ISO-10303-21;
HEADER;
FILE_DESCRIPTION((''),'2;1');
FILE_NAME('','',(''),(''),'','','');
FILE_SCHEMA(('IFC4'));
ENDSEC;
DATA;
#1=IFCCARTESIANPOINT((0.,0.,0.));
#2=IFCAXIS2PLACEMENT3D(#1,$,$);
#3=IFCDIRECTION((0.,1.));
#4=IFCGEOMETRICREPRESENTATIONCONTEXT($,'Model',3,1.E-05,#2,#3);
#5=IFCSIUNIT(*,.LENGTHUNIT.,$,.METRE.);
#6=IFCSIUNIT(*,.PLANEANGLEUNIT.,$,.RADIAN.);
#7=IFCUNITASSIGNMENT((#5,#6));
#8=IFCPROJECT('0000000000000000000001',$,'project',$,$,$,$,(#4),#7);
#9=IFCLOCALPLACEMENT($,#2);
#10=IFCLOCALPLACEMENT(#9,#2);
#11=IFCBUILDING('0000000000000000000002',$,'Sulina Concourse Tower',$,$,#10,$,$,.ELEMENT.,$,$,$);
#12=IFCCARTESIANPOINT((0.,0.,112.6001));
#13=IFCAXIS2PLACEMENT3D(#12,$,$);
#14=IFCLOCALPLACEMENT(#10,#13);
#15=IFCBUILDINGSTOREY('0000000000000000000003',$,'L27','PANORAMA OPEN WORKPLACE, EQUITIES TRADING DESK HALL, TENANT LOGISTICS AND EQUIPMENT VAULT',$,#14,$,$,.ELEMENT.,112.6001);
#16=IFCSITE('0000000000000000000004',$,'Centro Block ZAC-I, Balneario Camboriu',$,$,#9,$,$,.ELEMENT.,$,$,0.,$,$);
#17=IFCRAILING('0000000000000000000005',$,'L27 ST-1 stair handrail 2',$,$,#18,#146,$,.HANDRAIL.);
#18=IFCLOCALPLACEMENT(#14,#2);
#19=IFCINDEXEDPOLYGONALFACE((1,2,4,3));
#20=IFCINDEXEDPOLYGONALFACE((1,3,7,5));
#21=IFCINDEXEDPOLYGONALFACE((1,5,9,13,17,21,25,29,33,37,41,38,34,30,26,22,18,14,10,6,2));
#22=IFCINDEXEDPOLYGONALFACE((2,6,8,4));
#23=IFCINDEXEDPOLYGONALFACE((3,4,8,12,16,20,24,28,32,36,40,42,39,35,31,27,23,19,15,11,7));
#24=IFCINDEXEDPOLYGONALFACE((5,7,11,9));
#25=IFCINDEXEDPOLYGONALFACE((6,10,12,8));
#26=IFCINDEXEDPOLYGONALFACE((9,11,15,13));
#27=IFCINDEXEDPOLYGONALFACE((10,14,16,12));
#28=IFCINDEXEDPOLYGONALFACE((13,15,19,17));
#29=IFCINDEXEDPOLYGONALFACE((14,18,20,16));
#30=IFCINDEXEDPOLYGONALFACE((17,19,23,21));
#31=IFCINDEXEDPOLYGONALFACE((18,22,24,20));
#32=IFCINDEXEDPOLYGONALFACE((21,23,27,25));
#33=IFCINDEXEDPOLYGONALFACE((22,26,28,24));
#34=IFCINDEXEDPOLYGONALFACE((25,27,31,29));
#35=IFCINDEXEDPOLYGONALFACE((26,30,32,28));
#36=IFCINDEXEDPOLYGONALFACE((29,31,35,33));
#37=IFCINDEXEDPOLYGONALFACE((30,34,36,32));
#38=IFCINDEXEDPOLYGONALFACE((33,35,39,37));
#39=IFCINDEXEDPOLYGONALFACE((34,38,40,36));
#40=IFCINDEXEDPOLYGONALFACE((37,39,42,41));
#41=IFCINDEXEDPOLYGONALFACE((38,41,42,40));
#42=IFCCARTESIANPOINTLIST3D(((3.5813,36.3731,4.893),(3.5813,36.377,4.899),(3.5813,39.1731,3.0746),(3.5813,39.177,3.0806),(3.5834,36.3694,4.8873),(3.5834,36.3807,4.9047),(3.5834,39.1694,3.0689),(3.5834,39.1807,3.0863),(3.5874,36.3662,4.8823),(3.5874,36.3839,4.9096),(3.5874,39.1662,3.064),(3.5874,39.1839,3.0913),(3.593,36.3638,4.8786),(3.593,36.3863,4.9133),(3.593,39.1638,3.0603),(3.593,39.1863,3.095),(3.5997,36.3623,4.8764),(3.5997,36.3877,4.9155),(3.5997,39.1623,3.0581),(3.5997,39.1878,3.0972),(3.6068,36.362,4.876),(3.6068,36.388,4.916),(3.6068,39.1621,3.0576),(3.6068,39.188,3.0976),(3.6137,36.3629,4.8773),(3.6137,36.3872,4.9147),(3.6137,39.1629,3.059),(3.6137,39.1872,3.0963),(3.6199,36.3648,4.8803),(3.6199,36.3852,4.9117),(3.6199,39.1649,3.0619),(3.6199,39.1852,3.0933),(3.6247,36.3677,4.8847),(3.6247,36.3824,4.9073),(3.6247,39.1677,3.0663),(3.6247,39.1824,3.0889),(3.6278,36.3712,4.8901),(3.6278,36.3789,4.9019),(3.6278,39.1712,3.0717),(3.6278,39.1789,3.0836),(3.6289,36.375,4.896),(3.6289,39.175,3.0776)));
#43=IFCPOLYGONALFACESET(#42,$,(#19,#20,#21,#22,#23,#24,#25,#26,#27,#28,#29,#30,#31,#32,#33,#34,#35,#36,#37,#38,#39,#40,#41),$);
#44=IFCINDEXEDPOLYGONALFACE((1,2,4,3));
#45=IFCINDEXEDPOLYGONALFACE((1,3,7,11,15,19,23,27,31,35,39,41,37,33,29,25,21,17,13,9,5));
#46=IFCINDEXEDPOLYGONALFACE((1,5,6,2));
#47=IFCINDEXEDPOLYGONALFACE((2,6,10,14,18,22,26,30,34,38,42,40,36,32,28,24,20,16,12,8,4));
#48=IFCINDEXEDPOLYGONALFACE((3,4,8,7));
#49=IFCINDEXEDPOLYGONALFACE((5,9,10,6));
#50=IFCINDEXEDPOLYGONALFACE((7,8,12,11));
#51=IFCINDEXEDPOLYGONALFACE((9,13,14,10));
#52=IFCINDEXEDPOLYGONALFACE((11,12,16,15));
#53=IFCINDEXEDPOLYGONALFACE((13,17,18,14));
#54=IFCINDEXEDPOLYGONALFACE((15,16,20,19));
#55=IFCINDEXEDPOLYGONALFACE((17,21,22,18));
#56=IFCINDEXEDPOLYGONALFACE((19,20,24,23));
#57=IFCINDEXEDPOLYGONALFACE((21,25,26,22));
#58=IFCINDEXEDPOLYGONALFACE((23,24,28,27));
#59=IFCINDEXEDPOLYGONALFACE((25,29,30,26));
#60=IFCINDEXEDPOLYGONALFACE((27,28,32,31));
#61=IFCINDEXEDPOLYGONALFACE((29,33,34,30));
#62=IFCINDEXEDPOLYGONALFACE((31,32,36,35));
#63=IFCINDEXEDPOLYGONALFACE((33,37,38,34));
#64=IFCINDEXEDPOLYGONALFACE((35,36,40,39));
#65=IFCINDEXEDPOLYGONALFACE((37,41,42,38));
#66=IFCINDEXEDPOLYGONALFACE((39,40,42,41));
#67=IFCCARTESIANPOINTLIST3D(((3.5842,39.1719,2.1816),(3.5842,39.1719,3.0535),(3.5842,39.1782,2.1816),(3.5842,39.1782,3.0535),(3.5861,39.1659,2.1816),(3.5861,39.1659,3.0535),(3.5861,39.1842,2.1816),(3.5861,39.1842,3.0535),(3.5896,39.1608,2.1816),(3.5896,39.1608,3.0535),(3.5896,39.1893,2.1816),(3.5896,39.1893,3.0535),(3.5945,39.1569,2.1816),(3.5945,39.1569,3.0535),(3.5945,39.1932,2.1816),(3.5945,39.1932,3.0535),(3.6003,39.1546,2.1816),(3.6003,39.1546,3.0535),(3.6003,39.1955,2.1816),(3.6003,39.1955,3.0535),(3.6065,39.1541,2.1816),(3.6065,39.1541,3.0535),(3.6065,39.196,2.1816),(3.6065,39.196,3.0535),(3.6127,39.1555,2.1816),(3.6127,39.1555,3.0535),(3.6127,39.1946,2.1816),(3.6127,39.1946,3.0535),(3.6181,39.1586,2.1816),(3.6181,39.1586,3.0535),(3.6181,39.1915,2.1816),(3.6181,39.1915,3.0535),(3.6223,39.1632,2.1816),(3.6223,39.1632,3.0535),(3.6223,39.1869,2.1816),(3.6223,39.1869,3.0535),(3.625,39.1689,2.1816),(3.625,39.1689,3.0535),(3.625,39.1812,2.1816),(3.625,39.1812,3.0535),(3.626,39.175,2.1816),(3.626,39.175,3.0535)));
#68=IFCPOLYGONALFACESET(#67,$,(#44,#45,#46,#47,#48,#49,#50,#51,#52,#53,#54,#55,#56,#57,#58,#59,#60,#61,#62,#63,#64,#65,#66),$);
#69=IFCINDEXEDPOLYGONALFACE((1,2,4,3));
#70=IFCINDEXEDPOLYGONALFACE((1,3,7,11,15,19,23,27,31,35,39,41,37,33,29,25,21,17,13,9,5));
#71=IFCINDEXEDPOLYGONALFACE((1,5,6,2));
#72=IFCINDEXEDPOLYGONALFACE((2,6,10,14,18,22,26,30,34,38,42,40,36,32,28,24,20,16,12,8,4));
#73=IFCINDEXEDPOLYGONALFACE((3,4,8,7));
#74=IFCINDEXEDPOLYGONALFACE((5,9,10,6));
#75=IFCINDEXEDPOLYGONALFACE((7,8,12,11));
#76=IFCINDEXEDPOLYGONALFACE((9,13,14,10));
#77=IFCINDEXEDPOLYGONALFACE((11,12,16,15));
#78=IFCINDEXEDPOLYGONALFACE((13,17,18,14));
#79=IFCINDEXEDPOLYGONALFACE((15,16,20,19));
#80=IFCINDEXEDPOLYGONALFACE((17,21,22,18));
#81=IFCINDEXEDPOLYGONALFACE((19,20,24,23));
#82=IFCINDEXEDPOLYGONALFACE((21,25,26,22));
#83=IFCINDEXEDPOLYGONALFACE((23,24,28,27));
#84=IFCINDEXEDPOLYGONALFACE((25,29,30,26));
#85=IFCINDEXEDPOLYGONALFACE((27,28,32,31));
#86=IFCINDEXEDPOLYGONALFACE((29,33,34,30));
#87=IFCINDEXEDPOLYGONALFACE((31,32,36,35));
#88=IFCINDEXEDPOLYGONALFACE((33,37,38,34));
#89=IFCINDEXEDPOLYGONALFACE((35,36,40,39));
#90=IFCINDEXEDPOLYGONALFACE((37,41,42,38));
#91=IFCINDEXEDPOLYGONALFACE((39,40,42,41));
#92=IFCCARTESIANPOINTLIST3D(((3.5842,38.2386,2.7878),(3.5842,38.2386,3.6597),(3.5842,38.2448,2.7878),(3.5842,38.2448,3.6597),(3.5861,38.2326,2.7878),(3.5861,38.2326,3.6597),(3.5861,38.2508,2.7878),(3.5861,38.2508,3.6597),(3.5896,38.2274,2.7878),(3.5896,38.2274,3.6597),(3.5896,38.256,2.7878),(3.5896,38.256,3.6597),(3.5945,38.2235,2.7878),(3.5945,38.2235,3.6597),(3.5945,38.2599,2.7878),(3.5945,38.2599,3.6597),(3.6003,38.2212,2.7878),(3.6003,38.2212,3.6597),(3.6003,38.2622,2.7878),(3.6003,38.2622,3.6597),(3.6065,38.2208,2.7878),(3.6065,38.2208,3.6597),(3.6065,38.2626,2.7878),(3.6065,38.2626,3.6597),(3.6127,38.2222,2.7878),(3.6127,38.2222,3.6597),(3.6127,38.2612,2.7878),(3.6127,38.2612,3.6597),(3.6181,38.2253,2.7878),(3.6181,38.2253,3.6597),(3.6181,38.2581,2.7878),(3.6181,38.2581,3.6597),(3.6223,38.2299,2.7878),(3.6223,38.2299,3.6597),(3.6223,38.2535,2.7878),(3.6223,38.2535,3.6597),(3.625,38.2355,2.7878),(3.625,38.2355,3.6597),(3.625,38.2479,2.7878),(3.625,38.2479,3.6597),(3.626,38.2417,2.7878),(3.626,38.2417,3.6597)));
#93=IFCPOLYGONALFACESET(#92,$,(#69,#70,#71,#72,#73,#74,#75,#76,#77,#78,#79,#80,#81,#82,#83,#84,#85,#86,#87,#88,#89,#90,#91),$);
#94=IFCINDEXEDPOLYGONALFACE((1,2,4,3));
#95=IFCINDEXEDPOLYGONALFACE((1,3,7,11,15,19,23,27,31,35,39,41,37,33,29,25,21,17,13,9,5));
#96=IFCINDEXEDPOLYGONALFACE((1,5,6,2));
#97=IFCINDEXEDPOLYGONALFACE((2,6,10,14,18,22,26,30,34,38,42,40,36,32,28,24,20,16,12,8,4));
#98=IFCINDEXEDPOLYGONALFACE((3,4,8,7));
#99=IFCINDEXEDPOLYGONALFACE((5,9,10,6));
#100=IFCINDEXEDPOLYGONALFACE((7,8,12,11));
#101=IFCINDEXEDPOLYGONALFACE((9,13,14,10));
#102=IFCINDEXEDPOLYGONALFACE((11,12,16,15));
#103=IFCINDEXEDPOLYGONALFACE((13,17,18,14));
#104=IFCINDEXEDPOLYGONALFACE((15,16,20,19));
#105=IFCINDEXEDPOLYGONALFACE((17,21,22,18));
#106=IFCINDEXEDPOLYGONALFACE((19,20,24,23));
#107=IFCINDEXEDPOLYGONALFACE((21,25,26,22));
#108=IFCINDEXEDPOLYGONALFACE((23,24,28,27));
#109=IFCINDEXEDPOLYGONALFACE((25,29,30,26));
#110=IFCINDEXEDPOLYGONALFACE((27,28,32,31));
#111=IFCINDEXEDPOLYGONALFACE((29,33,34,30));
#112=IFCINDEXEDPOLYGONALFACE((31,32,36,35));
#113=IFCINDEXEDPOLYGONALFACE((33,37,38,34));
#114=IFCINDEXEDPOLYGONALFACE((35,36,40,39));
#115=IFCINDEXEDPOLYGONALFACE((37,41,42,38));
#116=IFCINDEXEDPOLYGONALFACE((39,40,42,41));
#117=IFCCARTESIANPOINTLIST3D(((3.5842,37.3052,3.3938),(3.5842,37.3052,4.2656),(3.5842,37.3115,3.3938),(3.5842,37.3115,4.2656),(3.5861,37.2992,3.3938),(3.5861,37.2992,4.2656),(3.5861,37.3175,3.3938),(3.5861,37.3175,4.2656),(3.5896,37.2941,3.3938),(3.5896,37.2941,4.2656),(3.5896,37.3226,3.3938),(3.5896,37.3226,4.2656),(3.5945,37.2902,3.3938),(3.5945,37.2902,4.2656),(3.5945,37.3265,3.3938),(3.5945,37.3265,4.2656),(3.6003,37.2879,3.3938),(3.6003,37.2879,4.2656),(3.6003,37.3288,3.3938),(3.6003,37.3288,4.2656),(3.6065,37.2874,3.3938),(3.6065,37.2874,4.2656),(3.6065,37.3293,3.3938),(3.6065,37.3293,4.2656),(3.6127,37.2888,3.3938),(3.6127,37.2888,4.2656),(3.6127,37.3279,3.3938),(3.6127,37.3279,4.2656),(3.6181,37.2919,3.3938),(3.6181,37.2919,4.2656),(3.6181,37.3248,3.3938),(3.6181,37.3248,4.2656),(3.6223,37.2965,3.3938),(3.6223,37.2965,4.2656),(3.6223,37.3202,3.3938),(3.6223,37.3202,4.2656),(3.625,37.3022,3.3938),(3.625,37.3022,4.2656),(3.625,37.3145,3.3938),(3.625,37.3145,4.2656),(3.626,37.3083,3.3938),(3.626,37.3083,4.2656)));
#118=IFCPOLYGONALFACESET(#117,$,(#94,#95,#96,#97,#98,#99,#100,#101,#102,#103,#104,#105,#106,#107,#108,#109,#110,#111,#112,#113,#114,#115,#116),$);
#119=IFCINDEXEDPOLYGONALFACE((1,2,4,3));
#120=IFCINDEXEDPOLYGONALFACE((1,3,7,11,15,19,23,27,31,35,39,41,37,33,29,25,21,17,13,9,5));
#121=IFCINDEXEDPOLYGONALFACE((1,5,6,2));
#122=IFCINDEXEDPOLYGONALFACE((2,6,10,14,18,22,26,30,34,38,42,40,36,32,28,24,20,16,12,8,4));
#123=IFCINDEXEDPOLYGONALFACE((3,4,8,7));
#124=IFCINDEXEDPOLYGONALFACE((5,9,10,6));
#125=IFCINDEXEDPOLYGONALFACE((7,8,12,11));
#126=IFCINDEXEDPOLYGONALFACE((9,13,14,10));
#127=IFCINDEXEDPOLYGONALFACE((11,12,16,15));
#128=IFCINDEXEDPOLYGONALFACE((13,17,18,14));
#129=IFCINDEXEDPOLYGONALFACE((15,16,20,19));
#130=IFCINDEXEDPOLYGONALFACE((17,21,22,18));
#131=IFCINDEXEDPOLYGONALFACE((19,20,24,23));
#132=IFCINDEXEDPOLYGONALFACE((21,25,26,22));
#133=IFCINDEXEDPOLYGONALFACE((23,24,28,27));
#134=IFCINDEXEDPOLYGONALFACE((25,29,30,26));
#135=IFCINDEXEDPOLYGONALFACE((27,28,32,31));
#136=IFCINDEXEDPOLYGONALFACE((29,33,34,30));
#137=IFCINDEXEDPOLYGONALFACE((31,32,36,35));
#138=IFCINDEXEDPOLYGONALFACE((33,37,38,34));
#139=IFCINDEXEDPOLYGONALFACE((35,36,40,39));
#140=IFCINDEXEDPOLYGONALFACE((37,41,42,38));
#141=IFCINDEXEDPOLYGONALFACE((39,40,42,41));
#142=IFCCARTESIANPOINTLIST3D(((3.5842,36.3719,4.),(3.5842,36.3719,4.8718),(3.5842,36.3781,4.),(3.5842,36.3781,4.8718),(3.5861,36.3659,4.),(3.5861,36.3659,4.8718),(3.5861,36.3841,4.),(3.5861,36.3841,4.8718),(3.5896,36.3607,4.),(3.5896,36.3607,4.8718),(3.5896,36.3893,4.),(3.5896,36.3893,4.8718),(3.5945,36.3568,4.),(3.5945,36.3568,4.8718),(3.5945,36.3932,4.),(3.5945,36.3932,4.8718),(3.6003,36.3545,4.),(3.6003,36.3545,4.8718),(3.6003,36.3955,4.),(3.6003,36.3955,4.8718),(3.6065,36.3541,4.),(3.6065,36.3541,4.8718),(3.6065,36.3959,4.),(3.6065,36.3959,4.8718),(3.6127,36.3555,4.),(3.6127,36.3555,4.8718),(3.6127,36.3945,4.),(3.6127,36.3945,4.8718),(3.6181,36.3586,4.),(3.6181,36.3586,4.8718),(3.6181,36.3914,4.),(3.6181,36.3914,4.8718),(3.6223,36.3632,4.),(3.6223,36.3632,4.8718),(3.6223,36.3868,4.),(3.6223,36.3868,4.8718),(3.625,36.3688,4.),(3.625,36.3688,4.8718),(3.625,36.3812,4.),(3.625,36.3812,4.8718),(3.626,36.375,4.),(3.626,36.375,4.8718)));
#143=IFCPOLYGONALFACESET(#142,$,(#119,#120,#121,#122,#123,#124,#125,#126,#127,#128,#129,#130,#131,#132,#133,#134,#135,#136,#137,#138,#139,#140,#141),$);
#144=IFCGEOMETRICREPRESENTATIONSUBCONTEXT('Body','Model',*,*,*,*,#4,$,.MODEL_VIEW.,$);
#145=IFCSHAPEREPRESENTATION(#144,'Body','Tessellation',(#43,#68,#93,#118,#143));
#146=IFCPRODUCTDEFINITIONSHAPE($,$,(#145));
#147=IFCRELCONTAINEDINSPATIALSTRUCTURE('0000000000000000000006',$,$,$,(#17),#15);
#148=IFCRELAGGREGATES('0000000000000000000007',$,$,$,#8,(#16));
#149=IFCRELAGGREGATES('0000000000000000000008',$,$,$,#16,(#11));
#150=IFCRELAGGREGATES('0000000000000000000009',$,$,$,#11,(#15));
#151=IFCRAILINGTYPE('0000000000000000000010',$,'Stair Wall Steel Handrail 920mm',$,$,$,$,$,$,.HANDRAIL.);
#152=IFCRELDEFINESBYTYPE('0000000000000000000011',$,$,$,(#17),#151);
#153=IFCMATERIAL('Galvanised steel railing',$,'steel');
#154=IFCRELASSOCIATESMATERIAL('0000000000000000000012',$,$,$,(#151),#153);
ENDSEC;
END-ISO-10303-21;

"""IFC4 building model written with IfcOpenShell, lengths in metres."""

from ifc_helpers import new_model, si_unit, direction, frame, origin, origin_2d, place, context, subcontext, project, spatial, circle, extrude, material, type_object, element, save


model = new_model("IFC4")

# Units and contexts
model_context = context("Model", 3, precision=1e-05, world=origin(), true_north=direction((0.0, 1.0)))
body_context = subcontext(model_context, "Body", "Model", "MODEL_VIEW")
ifc_project = project(units=[si_unit("LENGTHUNIT", "METRE"), si_unit("PLANEANGLEUNIT", "RADIAN")], contexts=[model_context])

# Site, building, storey
site_placement = place(None, origin())
site = spatial("IfcSite", under=ifc_project, at=site_placement, Name="Centro Block ZAC-I, Balneario Camboriu", CompositionType="ELEMENT", RefElevation=0.0)
building_placement = place(site_placement, origin())
building = spatial("IfcBuilding", under=site, at=building_placement, Name="Sulina Concourse Tower", CompositionType="ELEMENT")
storey_placement = place(building_placement, frame((0.0, 0.0, 112.6001)))
storey = spatial("IfcBuildingStorey", under=building, at=storey_placement, Name="L27", Description="PANORAMA OPEN WORKPLACE, EQUITIES TRADING DESK HALL, TENANT LOGISTICS AND EQUIPMENT VAULT", CompositionType="ELEMENT", Elevation=112.6001)

# Railing
ifc_material_1 = material(Name="Galvanised steel railing", Category="steel")
railing_type_1 = type_object("IfcRailingType", Name="Stair Wall Steel Handrail 920mm", PredefinedType="HANDRAIL", material=ifc_material_1)
railing_1_placement = place(storey_placement, frame((3.605, 39.175, 2.1816)))
element("IfcRailing", 1, at=railing_1_placement, inside=storey, type_object=railing_type_1, Name="L27 ST-1 stair handrail 2", PredefinedType="HANDRAIL", context=body_context, shape_type="SweptSolid", body=[
    extrude(circle(Radius=0.0239, at=origin_2d()), frame((0.0, 0.0, 0.896), z_axis=(0.0, -0.838672, 0.544636), x_axis=(1.0, 0.0, 0.0)), (0.0, 0.0, 1.0), 3.3386),
    extrude(circle(Radius=0.021, at=origin_2d()), origin(), (0.0, 0.0, 1.0), 0.8718),
    extrude(circle(Radius=0.021, at=origin_2d()), frame((0.0, -0.9333, 0.6062)), (0.0, 0.0, 1.0), 0.8718),
    extrude(circle(Radius=0.021, at=origin_2d()), frame((0.0, -1.8667, 1.2122)), (0.0, 0.0, 1.0), 0.8718),
    extrude(circle(Radius=0.021, at=origin_2d()), frame((0.0, -2.8, 1.8184)), (0.0, 0.0, 1.0), 0.8718),
])

save(model, "model.ifc")
